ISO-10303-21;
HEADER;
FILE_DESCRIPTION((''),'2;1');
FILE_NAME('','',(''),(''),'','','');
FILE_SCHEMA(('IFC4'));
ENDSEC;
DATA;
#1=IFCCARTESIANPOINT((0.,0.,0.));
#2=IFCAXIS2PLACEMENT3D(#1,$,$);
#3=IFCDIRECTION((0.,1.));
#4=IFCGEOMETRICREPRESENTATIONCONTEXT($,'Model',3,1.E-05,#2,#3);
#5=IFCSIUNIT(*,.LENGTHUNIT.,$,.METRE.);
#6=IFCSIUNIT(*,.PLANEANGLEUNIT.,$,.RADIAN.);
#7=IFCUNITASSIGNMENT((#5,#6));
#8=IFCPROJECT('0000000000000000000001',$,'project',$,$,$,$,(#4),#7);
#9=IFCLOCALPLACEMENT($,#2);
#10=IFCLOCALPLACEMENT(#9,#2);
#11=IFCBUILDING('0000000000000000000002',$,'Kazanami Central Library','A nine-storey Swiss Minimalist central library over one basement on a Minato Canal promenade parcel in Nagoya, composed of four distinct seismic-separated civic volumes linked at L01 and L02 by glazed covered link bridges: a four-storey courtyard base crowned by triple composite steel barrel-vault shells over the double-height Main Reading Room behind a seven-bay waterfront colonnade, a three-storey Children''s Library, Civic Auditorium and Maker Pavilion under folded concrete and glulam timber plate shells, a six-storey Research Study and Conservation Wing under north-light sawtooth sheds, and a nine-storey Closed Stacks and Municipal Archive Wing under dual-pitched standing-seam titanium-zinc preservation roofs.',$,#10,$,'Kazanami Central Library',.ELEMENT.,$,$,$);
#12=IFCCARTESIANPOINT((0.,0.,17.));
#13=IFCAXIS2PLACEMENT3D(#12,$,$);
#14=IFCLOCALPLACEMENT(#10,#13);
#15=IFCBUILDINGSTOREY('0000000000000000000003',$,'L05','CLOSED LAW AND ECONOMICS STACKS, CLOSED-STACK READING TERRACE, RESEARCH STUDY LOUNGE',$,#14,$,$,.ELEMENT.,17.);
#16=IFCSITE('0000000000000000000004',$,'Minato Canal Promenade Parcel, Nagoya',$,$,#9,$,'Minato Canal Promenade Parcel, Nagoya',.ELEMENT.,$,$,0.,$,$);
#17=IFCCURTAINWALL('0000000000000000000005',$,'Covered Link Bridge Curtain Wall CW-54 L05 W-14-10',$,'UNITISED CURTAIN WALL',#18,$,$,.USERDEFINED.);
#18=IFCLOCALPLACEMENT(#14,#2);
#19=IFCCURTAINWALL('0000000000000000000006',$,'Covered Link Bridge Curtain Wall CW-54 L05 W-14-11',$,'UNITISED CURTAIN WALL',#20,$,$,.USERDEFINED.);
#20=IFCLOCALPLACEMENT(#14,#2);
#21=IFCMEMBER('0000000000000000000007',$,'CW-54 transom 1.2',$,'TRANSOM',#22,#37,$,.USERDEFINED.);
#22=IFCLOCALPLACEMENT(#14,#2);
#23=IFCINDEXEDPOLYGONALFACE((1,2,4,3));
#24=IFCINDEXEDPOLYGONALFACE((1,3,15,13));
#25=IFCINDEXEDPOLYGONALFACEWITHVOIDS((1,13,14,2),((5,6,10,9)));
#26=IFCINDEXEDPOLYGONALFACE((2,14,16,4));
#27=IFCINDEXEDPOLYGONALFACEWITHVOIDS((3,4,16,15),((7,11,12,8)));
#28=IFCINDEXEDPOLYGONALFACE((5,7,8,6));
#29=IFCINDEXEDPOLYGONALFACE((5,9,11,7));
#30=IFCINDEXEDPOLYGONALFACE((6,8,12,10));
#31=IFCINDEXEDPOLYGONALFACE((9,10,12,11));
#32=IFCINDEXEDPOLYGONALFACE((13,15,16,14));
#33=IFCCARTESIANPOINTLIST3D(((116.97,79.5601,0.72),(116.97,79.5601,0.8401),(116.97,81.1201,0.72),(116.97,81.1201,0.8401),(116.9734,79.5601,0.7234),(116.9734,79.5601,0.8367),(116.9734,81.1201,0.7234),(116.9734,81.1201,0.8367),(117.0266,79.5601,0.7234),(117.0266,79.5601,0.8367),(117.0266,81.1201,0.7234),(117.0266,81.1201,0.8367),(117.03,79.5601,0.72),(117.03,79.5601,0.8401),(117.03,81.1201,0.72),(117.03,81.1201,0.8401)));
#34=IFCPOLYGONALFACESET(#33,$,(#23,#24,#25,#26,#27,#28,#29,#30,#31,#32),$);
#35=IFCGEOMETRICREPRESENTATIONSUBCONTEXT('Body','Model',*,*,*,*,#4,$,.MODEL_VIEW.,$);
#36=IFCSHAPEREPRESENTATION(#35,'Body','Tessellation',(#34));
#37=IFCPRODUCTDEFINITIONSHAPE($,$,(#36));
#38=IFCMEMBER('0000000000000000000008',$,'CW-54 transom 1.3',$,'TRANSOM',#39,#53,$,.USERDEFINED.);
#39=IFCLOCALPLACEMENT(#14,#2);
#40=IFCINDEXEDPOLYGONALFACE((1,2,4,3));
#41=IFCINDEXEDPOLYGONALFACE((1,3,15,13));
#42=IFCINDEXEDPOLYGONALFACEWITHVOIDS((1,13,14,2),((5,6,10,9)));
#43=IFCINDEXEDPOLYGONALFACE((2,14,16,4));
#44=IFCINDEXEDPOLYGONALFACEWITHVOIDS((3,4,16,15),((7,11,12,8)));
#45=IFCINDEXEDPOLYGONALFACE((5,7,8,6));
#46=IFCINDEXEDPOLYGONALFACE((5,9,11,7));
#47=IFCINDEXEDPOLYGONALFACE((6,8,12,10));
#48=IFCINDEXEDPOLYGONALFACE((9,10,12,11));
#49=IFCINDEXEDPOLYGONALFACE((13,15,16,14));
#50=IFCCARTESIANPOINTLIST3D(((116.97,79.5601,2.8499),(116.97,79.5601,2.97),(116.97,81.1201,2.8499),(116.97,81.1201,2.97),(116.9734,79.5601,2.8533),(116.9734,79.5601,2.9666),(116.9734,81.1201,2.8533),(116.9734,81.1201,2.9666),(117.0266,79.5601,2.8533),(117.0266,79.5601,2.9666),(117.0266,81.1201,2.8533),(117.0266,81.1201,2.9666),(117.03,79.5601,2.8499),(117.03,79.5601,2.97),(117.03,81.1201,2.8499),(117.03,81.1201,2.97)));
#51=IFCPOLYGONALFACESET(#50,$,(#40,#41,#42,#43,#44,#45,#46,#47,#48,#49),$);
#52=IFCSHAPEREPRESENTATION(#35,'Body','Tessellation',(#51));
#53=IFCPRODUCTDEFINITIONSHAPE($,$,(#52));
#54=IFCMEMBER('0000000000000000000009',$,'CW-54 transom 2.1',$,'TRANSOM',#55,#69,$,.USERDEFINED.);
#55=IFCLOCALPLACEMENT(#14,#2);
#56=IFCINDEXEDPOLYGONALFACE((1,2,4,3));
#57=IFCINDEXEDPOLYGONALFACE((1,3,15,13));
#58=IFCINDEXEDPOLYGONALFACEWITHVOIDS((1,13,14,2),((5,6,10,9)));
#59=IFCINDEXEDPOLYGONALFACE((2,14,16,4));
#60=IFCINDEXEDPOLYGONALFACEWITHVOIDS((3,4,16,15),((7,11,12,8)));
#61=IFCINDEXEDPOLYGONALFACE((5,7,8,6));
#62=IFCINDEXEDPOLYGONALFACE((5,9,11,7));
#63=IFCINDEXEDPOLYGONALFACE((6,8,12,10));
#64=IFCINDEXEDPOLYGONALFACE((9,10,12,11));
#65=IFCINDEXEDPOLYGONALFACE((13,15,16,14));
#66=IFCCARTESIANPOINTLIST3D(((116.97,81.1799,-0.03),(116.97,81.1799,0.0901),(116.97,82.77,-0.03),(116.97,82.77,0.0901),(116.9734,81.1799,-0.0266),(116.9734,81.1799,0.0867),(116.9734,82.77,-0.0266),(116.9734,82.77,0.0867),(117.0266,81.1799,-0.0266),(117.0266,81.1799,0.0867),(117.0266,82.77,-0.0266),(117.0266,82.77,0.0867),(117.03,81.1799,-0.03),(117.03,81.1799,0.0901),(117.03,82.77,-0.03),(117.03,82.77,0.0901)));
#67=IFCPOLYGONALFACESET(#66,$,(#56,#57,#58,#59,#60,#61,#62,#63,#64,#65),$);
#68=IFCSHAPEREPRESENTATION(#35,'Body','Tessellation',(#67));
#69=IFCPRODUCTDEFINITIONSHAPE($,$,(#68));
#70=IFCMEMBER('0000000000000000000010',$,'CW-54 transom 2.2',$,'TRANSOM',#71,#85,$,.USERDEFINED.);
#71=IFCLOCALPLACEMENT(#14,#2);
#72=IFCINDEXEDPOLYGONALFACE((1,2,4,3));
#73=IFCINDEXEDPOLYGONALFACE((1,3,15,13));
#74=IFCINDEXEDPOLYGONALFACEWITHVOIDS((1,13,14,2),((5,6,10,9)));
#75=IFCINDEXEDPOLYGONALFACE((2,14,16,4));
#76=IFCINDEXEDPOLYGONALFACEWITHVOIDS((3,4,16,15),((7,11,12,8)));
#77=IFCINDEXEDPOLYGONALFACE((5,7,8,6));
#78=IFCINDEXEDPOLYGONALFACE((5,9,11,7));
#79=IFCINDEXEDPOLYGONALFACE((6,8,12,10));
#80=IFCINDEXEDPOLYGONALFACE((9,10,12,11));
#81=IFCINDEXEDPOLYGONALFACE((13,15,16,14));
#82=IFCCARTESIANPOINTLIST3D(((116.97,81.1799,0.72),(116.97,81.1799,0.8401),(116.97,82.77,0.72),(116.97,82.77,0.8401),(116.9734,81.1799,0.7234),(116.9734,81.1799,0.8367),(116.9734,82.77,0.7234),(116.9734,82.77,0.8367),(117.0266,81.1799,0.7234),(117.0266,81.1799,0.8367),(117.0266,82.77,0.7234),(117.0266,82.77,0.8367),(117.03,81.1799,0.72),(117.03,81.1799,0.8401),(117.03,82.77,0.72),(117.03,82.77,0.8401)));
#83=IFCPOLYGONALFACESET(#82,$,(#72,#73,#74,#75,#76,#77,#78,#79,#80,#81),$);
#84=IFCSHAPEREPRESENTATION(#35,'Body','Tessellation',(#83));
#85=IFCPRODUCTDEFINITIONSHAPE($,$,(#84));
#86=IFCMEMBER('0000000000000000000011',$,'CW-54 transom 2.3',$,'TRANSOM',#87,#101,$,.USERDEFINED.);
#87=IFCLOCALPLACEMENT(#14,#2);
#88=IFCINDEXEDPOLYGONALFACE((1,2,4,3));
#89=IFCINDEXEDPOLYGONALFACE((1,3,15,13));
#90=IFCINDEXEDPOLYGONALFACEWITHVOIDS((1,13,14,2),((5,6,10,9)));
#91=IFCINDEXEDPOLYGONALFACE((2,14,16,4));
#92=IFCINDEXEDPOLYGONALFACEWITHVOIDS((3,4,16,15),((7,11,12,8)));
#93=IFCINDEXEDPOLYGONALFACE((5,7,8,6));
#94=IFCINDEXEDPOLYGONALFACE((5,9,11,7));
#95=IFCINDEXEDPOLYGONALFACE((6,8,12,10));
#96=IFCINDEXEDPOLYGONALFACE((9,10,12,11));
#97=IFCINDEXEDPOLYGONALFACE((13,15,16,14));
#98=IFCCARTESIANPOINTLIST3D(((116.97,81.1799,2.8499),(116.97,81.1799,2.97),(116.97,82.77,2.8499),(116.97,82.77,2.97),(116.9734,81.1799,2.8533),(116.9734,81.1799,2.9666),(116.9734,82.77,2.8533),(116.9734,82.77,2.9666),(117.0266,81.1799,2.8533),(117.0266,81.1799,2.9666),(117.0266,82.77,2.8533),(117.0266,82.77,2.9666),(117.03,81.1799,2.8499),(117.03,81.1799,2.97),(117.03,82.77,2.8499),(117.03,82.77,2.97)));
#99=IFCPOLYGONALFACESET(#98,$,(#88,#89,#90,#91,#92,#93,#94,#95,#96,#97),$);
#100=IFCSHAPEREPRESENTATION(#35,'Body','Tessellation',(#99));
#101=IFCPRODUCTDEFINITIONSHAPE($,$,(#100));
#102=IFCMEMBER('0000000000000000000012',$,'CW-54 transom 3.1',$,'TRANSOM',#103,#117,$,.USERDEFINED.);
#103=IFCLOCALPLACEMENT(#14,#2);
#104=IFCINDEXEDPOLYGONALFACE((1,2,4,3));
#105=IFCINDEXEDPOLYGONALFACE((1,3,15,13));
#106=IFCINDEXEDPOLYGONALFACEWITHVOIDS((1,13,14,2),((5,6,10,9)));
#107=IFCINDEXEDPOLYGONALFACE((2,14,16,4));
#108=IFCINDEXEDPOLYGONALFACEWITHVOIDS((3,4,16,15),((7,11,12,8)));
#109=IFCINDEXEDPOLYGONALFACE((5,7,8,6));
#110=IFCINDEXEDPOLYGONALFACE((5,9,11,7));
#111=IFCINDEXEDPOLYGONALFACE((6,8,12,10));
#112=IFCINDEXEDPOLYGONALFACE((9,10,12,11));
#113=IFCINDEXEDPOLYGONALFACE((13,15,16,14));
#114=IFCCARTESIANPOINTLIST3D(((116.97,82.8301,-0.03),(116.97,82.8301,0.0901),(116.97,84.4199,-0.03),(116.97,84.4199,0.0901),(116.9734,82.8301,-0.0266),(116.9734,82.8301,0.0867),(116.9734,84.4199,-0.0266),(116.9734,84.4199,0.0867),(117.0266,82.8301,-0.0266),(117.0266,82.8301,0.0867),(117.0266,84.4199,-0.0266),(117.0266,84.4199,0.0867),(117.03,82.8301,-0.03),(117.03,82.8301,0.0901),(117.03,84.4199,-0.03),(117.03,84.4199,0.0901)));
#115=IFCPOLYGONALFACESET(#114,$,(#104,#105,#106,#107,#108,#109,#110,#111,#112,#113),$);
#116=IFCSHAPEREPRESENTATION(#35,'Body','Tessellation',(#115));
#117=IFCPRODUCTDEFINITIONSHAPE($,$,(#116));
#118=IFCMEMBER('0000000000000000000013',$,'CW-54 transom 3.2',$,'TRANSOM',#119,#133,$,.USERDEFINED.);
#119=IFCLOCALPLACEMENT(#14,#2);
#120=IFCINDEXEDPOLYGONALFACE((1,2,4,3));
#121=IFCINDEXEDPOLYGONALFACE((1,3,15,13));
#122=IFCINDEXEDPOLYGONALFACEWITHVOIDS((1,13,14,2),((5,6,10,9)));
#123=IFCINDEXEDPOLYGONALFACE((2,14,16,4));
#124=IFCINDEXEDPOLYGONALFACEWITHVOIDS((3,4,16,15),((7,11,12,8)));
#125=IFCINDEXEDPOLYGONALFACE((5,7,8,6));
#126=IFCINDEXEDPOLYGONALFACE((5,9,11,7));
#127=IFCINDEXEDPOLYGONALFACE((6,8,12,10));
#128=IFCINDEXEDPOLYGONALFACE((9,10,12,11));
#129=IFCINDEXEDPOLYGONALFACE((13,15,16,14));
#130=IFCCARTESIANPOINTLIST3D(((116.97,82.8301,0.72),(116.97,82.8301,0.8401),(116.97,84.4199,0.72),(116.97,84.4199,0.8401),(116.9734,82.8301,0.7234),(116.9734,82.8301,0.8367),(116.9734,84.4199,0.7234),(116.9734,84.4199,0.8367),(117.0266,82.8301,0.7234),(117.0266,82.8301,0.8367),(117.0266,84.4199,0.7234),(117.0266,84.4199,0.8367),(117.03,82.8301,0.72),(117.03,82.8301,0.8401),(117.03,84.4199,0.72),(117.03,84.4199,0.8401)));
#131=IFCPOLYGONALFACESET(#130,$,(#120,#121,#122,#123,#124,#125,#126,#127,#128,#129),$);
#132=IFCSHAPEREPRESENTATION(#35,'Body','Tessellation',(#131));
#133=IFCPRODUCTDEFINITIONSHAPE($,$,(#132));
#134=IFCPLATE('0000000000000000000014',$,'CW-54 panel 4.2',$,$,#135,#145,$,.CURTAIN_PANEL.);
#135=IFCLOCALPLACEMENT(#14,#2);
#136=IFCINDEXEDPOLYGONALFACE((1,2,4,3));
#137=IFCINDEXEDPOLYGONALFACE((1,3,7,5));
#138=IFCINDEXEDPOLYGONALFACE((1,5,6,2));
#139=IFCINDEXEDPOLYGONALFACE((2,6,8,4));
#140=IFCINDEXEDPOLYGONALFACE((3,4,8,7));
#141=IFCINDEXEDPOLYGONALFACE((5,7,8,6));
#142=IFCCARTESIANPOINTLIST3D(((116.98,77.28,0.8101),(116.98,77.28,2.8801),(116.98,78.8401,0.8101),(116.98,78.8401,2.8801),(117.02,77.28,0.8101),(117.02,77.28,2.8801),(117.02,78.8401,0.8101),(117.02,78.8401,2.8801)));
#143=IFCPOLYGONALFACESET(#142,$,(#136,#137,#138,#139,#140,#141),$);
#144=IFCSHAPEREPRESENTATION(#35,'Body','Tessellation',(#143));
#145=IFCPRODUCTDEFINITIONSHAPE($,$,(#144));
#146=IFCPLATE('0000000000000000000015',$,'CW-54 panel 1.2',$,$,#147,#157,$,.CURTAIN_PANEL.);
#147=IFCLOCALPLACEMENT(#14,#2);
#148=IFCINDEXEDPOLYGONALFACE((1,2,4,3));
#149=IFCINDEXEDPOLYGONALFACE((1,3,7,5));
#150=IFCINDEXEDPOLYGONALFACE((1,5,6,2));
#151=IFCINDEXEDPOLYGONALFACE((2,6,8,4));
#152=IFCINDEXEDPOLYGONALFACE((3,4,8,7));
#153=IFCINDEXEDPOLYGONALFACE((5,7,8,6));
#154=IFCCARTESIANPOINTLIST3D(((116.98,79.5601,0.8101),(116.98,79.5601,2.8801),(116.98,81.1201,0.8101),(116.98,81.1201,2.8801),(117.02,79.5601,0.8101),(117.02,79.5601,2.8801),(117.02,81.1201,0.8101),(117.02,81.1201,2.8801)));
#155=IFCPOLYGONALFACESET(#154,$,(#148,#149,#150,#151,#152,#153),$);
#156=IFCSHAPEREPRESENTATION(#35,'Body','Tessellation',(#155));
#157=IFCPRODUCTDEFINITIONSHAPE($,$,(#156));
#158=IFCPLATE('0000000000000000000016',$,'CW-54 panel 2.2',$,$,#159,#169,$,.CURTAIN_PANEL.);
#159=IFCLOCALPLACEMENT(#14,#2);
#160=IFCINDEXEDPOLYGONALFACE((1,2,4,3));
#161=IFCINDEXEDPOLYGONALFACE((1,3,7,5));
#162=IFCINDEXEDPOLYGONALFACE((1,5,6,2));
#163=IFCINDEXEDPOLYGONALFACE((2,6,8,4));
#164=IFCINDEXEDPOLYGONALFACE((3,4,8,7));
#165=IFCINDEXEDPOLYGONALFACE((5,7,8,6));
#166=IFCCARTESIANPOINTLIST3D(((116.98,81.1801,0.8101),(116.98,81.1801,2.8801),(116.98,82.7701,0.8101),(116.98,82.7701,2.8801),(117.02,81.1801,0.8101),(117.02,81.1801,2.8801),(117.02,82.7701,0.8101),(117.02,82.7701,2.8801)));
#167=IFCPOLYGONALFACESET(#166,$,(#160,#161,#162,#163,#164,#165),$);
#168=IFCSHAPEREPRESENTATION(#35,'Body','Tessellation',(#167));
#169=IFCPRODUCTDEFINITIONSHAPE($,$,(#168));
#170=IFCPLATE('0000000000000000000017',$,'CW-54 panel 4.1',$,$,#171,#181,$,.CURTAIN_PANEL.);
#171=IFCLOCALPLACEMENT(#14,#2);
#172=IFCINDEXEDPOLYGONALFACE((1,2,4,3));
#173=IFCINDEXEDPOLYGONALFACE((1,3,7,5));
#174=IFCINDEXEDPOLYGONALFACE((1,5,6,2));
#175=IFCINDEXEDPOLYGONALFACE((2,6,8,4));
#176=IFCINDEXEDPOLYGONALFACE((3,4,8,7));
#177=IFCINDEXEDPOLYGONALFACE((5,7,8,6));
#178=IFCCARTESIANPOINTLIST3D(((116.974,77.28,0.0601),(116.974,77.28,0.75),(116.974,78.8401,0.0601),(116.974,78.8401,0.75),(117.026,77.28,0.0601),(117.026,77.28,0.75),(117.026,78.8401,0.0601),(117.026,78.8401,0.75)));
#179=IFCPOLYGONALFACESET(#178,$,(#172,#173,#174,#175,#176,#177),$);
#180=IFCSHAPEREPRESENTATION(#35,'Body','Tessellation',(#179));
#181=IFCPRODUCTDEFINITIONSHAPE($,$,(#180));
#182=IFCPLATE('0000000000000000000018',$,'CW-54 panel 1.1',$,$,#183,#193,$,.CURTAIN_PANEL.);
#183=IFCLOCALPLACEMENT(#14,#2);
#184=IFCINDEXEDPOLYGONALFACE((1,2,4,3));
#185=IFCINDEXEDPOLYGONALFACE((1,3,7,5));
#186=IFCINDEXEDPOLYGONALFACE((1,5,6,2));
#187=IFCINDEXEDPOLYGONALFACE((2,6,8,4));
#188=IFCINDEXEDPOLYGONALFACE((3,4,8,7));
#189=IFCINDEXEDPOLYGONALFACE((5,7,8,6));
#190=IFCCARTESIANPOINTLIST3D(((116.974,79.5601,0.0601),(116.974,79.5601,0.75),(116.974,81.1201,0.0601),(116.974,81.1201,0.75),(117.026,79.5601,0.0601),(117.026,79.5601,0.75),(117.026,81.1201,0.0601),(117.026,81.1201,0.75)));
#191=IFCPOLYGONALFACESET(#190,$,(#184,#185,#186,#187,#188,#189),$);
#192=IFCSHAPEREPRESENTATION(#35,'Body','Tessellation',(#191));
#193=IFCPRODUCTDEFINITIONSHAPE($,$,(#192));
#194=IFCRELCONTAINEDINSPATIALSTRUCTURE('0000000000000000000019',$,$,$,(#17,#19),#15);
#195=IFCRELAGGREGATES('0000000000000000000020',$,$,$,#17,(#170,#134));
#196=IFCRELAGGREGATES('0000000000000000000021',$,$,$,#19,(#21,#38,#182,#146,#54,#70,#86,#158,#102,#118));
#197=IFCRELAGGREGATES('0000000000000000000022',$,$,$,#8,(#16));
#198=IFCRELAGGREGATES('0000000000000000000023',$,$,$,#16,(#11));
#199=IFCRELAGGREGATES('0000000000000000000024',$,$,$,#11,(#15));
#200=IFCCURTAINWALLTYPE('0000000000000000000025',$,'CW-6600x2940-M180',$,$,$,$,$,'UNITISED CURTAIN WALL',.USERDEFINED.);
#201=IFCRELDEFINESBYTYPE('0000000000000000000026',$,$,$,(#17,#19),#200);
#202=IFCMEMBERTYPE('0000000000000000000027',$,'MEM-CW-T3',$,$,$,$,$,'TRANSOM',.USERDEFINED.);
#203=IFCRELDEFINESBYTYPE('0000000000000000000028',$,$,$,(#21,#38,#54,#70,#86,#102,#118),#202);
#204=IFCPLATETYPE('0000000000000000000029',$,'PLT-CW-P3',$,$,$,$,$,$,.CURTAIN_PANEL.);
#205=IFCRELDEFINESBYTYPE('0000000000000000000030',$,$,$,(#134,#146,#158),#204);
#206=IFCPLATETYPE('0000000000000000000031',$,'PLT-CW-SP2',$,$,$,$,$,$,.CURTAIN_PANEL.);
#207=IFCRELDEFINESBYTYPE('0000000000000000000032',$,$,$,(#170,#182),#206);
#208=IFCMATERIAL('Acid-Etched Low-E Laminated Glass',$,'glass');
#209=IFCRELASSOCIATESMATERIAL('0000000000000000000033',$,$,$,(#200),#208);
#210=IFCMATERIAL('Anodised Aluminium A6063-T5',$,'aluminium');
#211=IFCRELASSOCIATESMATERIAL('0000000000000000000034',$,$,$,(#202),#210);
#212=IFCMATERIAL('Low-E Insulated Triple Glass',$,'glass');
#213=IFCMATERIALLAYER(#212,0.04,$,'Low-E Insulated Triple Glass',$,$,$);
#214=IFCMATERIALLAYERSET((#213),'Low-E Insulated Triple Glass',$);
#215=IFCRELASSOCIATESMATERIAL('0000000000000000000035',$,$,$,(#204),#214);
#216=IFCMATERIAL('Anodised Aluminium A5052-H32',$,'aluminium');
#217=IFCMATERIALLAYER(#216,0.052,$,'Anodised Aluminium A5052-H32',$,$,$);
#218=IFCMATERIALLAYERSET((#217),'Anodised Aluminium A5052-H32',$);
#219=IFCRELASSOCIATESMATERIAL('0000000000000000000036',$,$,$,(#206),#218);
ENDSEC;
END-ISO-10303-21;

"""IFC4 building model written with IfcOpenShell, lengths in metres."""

from ifc_helpers import new_model, si_unit, direction, frame, origin, origin_2d, place, context, subcontext, project, spatial, rectangle, hollow_rectangle, extrude, material, layer, layer_set, material_profile, profile_set, type_object, element, aggregate, save


model = new_model("IFC4")

# Units and contexts
model_context = context("Model", 3, precision=1e-05, world=origin(), true_north=direction((0.0, 1.0)))
body_context = subcontext(model_context, "Body", "Model", "MODEL_VIEW")
ifc_project = project(units=[si_unit("LENGTHUNIT", "METRE"), si_unit("PLANEANGLEUNIT", "RADIAN")], contexts=[model_context])

# Site, building, storey
site_placement = place(None, origin())
site = spatial("IfcSite", under=ifc_project, at=site_placement, Name="Minato Canal Promenade Parcel, Nagoya", LongName="Minato Canal Promenade Parcel, Nagoya", CompositionType="ELEMENT", RefElevation=0.0)
building_placement = place(site_placement, origin())
building = spatial("IfcBuilding", under=site, at=building_placement, Name="Kazanami Central Library", Description="A nine-storey Swiss Minimalist central library over one basement on a Minato Canal promenade parcel in Nagoya, composed of four distinct seismic-separated civic volumes linked at L01 and L02 by glazed covered link bridges: a four-storey courtyard base crowned by triple composite steel barrel-vault shells over the double-height Main Reading Room behind a seven-bay waterfront colonnade, a three-storey Children's Library, Civic Auditorium and Maker Pavilion under folded concrete and glulam timber plate shells, a six-storey Research Study and Conservation Wing under north-light sawtooth sheds, and a nine-storey Closed Stacks and Municipal Archive Wing under dual-pitched standing-seam titanium-zinc preservation roofs.", LongName="Kazanami Central Library", CompositionType="ELEMENT")
storey_placement = place(building_placement, frame((0.0, 0.0, 17.0)))
storey = spatial("IfcBuildingStorey", under=building, at=storey_placement, Name="L05", Description="CLOSED LAW AND ECONOMICS STACKS, CLOSED-STACK READING TERRACE, RESEARCH STUDY LOUNGE", CompositionType="ELEMENT", Elevation=17.0)

# Curtain wall
ifc_material_1 = material(Name="Acid-Etched Low-E Laminated Glass", Category="glass")
curtain_wall_type = type_object("IfcCurtainWallType", Name="CW-6600x2940-M180", ElementType="UNITISED CURTAIN WALL", PredefinedType="USERDEFINED", material=ifc_material_1)
curtain_wall_1_placement = place(storey_placement, origin())
curtain_wall_1 = element("IfcCurtainWall", 1, at=curtain_wall_1_placement, inside=storey, type_object=curtain_wall_type, Name="Covered Link Bridge Curtain Wall CW-54 L05 W-14-10", ObjectType="UNITISED CURTAIN WALL", PredefinedType="USERDEFINED")
ifc_material_2 = material(Name="Anodised Aluminium A6063-T5", Category="aluminium")

# Curtain wall, members
curtain_wall_2_placement = place(storey_placement, origin())
curtain_wall_2 = element("IfcCurtainWall", 2, at=curtain_wall_2_placement, inside=storey, type_object=curtain_wall_type, Name="Covered Link Bridge Curtain Wall CW-54 L05 W-14-11", ObjectType="UNITISED CURTAIN WALL", PredefinedType="USERDEFINED")
ifc_material_profile_1 = material_profile(ifc_material_2, hollow_rectangle(XDim=0.0601, YDim=0.1201, WallThickness=0.0034, at=origin_2d()), Name="ALU-TRAN-60x120x3.5")
ifc_profile_set_1 = profile_set([ifc_material_profile_1], Name="Anodised Aluminium A6063-T5")
member_type_1 = type_object("IfcMemberType", Name="MEM-CW-T3", ElementType="TRANSOM", PredefinedType="USERDEFINED", material=ifc_profile_set_1)
member_1_placement = place(storey_placement, frame((117.0, 79.5601, 0.78), z_axis=(0.0, 1.0, 0.0), x_axis=(-1.0, 0.0, 0.0)))
member_1 = element("IfcMember", 3, at=member_1_placement, type_object=member_type_1, Name="CW-54 transom 1.2", ObjectType="TRANSOM", PredefinedType="USERDEFINED", context=body_context, shape_type="SweptSolid", body=[
    extrude(hollow_rectangle(XDim=0.0601, YDim=0.1201, WallThickness=0.0034, at=origin_2d()), origin(), (0.0, 0.0, 1.0), 1.5601),
])
member_2_placement = place(storey_placement, frame((117.0, 79.5601, 2.9099), z_axis=(0.0, 1.0, 0.0), x_axis=(-1.0, 0.0, 0.0)))
member_2 = element("IfcMember", 4, at=member_2_placement, type_object=member_type_1, Name="CW-54 transom 1.3", ObjectType="TRANSOM", PredefinedType="USERDEFINED", context=body_context, shape_type="SweptSolid", body=[
    extrude(hollow_rectangle(XDim=0.0601, YDim=0.1201, WallThickness=0.0034, at=origin_2d()), origin(), (0.0, 0.0, 1.0), 1.5601),
])
member_3_placement = place(storey_placement, frame((117.0, 81.1799, 0.03), z_axis=(0.0, 1.0, 0.0), x_axis=(-1.0, 0.0, 0.0)))
member_3 = element("IfcMember", 5, at=member_3_placement, type_object=member_type_1, Name="CW-54 transom 2.1", ObjectType="TRANSOM", PredefinedType="USERDEFINED", context=body_context, shape_type="SweptSolid", body=[
    extrude(hollow_rectangle(XDim=0.0601, YDim=0.1201, WallThickness=0.0034, at=origin_2d()), origin(), (0.0, 0.0, 1.0), 1.5901),
])
member_4_placement = place(storey_placement, frame((117.0, 81.1799, 0.78), z_axis=(0.0, 1.0, 0.0), x_axis=(-1.0, 0.0, 0.0)))
member_4 = element("IfcMember", 6, at=member_4_placement, type_object=member_type_1, Name="CW-54 transom 2.2", ObjectType="TRANSOM", PredefinedType="USERDEFINED", context=body_context, shape_type="SweptSolid", body=[
    extrude(hollow_rectangle(XDim=0.0601, YDim=0.1201, WallThickness=0.0034, at=origin_2d()), origin(), (0.0, 0.0, 1.0), 1.5901),
])
member_5_placement = place(storey_placement, frame((117.0, 81.1799, 2.9099), z_axis=(0.0, 1.0, 0.0), x_axis=(-1.0, 0.0, 0.0)))
member_5 = element("IfcMember", 7, at=member_5_placement, type_object=member_type_1, Name="CW-54 transom 2.3", ObjectType="TRANSOM", PredefinedType="USERDEFINED", context=body_context, shape_type="SweptSolid", body=[
    extrude(hollow_rectangle(XDim=0.0601, YDim=0.1201, WallThickness=0.0034, at=origin_2d()), origin(), (0.0, 0.0, 1.0), 1.5901),
])
member_6_placement = place(storey_placement, frame((117.0, 82.8301, 0.03), z_axis=(0.0, 1.0, 0.0), x_axis=(-1.0, 0.0, 0.0)))
member_6 = element("IfcMember", 8, at=member_6_placement, type_object=member_type_1, Name="CW-54 transom 3.1", ObjectType="TRANSOM", PredefinedType="USERDEFINED", context=body_context, shape_type="SweptSolid", body=[
    extrude(hollow_rectangle(XDim=0.0601, YDim=0.1201, WallThickness=0.0034, at=origin_2d()), origin(), (0.0, 0.0, 1.0), 1.5898),
])
member_7_placement = place(storey_placement, frame((117.0, 82.8301, 0.78), z_axis=(0.0, 1.0, 0.0), x_axis=(-1.0, 0.0, 0.0)))
member_7 = element("IfcMember", 9, at=member_7_placement, type_object=member_type_1, Name="CW-54 transom 3.2", ObjectType="TRANSOM", PredefinedType="USERDEFINED", context=body_context, shape_type="SweptSolid", body=[
    extrude(hollow_rectangle(XDim=0.0601, YDim=0.1201, WallThickness=0.0034, at=origin_2d()), origin(), (0.0, 0.0, 1.0), 1.5898),
])

# Plates
ifc_material_3 = material(Name="Low-E Insulated Triple Glass", Category="glass")
ifc_layer_1 = layer(ifc_material_3, 0.04, Name="Low-E Insulated Triple Glass")
ifc_layer_set_1 = layer_set([ifc_layer_1], Name="Low-E Insulated Triple Glass")
plate_type_1 = type_object("IfcPlateType", Name="PLT-CW-P3", PredefinedType="CURTAIN_PANEL", material=ifc_layer_set_1)
plate_1_placement = place(storey_placement, frame((117.0, 78.0601, 0.8101), z_axis=(0.0, 0.0, 1.0), x_axis=(0.0, 1.0, 0.0)))
plate_1 = element("IfcPlate", 10, at=plate_1_placement, type_object=plate_type_1, Name="CW-54 panel 4.2", PredefinedType="CURTAIN_PANEL", context=body_context, shape_type="SweptSolid", body=[
    extrude(rectangle(XDim=1.5601, YDim=0.04, at=origin_2d()), origin(), (0.0, 0.0, 1.0), 2.0701),
])
plate_2_placement = place(storey_placement, frame((117.0, 80.3401, 0.8101), z_axis=(0.0, 0.0, 1.0), x_axis=(0.0, 1.0, 0.0)))
plate_2 = element("IfcPlate", 11, at=plate_2_placement, type_object=plate_type_1, Name="CW-54 panel 1.2", PredefinedType="CURTAIN_PANEL", context=body_context, shape_type="SweptSolid", body=[
    extrude(rectangle(XDim=1.5601, YDim=0.04, at=origin_2d()), origin(), (0.0, 0.0, 1.0), 2.0701),
])
plate_3_placement = place(storey_placement, frame((117.0, 81.9751, 0.8101), z_axis=(0.0, 0.0, 1.0), x_axis=(0.0, 1.0, 0.0)))
plate_3 = element("IfcPlate", 12, at=plate_3_placement, type_object=plate_type_1, Name="CW-54 panel 2.2", PredefinedType="CURTAIN_PANEL", context=body_context, shape_type="SweptSolid", body=[
    extrude(rectangle(XDim=1.5901, YDim=0.04, at=origin_2d()), origin(), (0.0, 0.0, 1.0), 2.0701),
])
ifc_material_4 = material(Name="Anodised Aluminium A5052-H32", Category="aluminium")
ifc_layer_2 = layer(ifc_material_4, 0.052, Name="Anodised Aluminium A5052-H32")
ifc_layer_set_2 = layer_set([ifc_layer_2], Name="Anodised Aluminium A5052-H32")
plate_type_2 = type_object("IfcPlateType", Name="PLT-CW-SP2", PredefinedType="CURTAIN_PANEL", material=ifc_layer_set_2)
plate_4_placement = place(storey_placement, frame((117.0, 78.0601, 0.0601), z_axis=(0.0, 0.0, 1.0), x_axis=(0.0, 1.0, 0.0)))
plate_4 = element("IfcPlate", 13, at=plate_4_placement, type_object=plate_type_2, Name="CW-54 panel 4.1", PredefinedType="CURTAIN_PANEL", context=body_context, shape_type="SweptSolid", body=[
    extrude(rectangle(XDim=1.5601, YDim=0.052, at=origin_2d()), origin(), (0.0, 0.0, 1.0), 0.6899),
])
aggregate(curtain_wall_1, [plate_4, plate_1])
plate_5_placement = place(storey_placement, frame((117.0, 80.3401, 0.0601), z_axis=(0.0, 0.0, 1.0), x_axis=(0.0, 1.0, 0.0)))
plate_5 = element("IfcPlate", 14, at=plate_5_placement, type_object=plate_type_2, Name="CW-54 panel 1.1", PredefinedType="CURTAIN_PANEL", context=body_context, shape_type="SweptSolid", body=[
    extrude(rectangle(XDim=1.5601, YDim=0.052, at=origin_2d()), origin(), (0.0, 0.0, 1.0), 0.6899),
])
aggregate(curtain_wall_2, [member_1, member_2, plate_5, plate_2, member_3, member_4, member_5, plate_3, member_6, member_7])

save(model, "model.ifc")
